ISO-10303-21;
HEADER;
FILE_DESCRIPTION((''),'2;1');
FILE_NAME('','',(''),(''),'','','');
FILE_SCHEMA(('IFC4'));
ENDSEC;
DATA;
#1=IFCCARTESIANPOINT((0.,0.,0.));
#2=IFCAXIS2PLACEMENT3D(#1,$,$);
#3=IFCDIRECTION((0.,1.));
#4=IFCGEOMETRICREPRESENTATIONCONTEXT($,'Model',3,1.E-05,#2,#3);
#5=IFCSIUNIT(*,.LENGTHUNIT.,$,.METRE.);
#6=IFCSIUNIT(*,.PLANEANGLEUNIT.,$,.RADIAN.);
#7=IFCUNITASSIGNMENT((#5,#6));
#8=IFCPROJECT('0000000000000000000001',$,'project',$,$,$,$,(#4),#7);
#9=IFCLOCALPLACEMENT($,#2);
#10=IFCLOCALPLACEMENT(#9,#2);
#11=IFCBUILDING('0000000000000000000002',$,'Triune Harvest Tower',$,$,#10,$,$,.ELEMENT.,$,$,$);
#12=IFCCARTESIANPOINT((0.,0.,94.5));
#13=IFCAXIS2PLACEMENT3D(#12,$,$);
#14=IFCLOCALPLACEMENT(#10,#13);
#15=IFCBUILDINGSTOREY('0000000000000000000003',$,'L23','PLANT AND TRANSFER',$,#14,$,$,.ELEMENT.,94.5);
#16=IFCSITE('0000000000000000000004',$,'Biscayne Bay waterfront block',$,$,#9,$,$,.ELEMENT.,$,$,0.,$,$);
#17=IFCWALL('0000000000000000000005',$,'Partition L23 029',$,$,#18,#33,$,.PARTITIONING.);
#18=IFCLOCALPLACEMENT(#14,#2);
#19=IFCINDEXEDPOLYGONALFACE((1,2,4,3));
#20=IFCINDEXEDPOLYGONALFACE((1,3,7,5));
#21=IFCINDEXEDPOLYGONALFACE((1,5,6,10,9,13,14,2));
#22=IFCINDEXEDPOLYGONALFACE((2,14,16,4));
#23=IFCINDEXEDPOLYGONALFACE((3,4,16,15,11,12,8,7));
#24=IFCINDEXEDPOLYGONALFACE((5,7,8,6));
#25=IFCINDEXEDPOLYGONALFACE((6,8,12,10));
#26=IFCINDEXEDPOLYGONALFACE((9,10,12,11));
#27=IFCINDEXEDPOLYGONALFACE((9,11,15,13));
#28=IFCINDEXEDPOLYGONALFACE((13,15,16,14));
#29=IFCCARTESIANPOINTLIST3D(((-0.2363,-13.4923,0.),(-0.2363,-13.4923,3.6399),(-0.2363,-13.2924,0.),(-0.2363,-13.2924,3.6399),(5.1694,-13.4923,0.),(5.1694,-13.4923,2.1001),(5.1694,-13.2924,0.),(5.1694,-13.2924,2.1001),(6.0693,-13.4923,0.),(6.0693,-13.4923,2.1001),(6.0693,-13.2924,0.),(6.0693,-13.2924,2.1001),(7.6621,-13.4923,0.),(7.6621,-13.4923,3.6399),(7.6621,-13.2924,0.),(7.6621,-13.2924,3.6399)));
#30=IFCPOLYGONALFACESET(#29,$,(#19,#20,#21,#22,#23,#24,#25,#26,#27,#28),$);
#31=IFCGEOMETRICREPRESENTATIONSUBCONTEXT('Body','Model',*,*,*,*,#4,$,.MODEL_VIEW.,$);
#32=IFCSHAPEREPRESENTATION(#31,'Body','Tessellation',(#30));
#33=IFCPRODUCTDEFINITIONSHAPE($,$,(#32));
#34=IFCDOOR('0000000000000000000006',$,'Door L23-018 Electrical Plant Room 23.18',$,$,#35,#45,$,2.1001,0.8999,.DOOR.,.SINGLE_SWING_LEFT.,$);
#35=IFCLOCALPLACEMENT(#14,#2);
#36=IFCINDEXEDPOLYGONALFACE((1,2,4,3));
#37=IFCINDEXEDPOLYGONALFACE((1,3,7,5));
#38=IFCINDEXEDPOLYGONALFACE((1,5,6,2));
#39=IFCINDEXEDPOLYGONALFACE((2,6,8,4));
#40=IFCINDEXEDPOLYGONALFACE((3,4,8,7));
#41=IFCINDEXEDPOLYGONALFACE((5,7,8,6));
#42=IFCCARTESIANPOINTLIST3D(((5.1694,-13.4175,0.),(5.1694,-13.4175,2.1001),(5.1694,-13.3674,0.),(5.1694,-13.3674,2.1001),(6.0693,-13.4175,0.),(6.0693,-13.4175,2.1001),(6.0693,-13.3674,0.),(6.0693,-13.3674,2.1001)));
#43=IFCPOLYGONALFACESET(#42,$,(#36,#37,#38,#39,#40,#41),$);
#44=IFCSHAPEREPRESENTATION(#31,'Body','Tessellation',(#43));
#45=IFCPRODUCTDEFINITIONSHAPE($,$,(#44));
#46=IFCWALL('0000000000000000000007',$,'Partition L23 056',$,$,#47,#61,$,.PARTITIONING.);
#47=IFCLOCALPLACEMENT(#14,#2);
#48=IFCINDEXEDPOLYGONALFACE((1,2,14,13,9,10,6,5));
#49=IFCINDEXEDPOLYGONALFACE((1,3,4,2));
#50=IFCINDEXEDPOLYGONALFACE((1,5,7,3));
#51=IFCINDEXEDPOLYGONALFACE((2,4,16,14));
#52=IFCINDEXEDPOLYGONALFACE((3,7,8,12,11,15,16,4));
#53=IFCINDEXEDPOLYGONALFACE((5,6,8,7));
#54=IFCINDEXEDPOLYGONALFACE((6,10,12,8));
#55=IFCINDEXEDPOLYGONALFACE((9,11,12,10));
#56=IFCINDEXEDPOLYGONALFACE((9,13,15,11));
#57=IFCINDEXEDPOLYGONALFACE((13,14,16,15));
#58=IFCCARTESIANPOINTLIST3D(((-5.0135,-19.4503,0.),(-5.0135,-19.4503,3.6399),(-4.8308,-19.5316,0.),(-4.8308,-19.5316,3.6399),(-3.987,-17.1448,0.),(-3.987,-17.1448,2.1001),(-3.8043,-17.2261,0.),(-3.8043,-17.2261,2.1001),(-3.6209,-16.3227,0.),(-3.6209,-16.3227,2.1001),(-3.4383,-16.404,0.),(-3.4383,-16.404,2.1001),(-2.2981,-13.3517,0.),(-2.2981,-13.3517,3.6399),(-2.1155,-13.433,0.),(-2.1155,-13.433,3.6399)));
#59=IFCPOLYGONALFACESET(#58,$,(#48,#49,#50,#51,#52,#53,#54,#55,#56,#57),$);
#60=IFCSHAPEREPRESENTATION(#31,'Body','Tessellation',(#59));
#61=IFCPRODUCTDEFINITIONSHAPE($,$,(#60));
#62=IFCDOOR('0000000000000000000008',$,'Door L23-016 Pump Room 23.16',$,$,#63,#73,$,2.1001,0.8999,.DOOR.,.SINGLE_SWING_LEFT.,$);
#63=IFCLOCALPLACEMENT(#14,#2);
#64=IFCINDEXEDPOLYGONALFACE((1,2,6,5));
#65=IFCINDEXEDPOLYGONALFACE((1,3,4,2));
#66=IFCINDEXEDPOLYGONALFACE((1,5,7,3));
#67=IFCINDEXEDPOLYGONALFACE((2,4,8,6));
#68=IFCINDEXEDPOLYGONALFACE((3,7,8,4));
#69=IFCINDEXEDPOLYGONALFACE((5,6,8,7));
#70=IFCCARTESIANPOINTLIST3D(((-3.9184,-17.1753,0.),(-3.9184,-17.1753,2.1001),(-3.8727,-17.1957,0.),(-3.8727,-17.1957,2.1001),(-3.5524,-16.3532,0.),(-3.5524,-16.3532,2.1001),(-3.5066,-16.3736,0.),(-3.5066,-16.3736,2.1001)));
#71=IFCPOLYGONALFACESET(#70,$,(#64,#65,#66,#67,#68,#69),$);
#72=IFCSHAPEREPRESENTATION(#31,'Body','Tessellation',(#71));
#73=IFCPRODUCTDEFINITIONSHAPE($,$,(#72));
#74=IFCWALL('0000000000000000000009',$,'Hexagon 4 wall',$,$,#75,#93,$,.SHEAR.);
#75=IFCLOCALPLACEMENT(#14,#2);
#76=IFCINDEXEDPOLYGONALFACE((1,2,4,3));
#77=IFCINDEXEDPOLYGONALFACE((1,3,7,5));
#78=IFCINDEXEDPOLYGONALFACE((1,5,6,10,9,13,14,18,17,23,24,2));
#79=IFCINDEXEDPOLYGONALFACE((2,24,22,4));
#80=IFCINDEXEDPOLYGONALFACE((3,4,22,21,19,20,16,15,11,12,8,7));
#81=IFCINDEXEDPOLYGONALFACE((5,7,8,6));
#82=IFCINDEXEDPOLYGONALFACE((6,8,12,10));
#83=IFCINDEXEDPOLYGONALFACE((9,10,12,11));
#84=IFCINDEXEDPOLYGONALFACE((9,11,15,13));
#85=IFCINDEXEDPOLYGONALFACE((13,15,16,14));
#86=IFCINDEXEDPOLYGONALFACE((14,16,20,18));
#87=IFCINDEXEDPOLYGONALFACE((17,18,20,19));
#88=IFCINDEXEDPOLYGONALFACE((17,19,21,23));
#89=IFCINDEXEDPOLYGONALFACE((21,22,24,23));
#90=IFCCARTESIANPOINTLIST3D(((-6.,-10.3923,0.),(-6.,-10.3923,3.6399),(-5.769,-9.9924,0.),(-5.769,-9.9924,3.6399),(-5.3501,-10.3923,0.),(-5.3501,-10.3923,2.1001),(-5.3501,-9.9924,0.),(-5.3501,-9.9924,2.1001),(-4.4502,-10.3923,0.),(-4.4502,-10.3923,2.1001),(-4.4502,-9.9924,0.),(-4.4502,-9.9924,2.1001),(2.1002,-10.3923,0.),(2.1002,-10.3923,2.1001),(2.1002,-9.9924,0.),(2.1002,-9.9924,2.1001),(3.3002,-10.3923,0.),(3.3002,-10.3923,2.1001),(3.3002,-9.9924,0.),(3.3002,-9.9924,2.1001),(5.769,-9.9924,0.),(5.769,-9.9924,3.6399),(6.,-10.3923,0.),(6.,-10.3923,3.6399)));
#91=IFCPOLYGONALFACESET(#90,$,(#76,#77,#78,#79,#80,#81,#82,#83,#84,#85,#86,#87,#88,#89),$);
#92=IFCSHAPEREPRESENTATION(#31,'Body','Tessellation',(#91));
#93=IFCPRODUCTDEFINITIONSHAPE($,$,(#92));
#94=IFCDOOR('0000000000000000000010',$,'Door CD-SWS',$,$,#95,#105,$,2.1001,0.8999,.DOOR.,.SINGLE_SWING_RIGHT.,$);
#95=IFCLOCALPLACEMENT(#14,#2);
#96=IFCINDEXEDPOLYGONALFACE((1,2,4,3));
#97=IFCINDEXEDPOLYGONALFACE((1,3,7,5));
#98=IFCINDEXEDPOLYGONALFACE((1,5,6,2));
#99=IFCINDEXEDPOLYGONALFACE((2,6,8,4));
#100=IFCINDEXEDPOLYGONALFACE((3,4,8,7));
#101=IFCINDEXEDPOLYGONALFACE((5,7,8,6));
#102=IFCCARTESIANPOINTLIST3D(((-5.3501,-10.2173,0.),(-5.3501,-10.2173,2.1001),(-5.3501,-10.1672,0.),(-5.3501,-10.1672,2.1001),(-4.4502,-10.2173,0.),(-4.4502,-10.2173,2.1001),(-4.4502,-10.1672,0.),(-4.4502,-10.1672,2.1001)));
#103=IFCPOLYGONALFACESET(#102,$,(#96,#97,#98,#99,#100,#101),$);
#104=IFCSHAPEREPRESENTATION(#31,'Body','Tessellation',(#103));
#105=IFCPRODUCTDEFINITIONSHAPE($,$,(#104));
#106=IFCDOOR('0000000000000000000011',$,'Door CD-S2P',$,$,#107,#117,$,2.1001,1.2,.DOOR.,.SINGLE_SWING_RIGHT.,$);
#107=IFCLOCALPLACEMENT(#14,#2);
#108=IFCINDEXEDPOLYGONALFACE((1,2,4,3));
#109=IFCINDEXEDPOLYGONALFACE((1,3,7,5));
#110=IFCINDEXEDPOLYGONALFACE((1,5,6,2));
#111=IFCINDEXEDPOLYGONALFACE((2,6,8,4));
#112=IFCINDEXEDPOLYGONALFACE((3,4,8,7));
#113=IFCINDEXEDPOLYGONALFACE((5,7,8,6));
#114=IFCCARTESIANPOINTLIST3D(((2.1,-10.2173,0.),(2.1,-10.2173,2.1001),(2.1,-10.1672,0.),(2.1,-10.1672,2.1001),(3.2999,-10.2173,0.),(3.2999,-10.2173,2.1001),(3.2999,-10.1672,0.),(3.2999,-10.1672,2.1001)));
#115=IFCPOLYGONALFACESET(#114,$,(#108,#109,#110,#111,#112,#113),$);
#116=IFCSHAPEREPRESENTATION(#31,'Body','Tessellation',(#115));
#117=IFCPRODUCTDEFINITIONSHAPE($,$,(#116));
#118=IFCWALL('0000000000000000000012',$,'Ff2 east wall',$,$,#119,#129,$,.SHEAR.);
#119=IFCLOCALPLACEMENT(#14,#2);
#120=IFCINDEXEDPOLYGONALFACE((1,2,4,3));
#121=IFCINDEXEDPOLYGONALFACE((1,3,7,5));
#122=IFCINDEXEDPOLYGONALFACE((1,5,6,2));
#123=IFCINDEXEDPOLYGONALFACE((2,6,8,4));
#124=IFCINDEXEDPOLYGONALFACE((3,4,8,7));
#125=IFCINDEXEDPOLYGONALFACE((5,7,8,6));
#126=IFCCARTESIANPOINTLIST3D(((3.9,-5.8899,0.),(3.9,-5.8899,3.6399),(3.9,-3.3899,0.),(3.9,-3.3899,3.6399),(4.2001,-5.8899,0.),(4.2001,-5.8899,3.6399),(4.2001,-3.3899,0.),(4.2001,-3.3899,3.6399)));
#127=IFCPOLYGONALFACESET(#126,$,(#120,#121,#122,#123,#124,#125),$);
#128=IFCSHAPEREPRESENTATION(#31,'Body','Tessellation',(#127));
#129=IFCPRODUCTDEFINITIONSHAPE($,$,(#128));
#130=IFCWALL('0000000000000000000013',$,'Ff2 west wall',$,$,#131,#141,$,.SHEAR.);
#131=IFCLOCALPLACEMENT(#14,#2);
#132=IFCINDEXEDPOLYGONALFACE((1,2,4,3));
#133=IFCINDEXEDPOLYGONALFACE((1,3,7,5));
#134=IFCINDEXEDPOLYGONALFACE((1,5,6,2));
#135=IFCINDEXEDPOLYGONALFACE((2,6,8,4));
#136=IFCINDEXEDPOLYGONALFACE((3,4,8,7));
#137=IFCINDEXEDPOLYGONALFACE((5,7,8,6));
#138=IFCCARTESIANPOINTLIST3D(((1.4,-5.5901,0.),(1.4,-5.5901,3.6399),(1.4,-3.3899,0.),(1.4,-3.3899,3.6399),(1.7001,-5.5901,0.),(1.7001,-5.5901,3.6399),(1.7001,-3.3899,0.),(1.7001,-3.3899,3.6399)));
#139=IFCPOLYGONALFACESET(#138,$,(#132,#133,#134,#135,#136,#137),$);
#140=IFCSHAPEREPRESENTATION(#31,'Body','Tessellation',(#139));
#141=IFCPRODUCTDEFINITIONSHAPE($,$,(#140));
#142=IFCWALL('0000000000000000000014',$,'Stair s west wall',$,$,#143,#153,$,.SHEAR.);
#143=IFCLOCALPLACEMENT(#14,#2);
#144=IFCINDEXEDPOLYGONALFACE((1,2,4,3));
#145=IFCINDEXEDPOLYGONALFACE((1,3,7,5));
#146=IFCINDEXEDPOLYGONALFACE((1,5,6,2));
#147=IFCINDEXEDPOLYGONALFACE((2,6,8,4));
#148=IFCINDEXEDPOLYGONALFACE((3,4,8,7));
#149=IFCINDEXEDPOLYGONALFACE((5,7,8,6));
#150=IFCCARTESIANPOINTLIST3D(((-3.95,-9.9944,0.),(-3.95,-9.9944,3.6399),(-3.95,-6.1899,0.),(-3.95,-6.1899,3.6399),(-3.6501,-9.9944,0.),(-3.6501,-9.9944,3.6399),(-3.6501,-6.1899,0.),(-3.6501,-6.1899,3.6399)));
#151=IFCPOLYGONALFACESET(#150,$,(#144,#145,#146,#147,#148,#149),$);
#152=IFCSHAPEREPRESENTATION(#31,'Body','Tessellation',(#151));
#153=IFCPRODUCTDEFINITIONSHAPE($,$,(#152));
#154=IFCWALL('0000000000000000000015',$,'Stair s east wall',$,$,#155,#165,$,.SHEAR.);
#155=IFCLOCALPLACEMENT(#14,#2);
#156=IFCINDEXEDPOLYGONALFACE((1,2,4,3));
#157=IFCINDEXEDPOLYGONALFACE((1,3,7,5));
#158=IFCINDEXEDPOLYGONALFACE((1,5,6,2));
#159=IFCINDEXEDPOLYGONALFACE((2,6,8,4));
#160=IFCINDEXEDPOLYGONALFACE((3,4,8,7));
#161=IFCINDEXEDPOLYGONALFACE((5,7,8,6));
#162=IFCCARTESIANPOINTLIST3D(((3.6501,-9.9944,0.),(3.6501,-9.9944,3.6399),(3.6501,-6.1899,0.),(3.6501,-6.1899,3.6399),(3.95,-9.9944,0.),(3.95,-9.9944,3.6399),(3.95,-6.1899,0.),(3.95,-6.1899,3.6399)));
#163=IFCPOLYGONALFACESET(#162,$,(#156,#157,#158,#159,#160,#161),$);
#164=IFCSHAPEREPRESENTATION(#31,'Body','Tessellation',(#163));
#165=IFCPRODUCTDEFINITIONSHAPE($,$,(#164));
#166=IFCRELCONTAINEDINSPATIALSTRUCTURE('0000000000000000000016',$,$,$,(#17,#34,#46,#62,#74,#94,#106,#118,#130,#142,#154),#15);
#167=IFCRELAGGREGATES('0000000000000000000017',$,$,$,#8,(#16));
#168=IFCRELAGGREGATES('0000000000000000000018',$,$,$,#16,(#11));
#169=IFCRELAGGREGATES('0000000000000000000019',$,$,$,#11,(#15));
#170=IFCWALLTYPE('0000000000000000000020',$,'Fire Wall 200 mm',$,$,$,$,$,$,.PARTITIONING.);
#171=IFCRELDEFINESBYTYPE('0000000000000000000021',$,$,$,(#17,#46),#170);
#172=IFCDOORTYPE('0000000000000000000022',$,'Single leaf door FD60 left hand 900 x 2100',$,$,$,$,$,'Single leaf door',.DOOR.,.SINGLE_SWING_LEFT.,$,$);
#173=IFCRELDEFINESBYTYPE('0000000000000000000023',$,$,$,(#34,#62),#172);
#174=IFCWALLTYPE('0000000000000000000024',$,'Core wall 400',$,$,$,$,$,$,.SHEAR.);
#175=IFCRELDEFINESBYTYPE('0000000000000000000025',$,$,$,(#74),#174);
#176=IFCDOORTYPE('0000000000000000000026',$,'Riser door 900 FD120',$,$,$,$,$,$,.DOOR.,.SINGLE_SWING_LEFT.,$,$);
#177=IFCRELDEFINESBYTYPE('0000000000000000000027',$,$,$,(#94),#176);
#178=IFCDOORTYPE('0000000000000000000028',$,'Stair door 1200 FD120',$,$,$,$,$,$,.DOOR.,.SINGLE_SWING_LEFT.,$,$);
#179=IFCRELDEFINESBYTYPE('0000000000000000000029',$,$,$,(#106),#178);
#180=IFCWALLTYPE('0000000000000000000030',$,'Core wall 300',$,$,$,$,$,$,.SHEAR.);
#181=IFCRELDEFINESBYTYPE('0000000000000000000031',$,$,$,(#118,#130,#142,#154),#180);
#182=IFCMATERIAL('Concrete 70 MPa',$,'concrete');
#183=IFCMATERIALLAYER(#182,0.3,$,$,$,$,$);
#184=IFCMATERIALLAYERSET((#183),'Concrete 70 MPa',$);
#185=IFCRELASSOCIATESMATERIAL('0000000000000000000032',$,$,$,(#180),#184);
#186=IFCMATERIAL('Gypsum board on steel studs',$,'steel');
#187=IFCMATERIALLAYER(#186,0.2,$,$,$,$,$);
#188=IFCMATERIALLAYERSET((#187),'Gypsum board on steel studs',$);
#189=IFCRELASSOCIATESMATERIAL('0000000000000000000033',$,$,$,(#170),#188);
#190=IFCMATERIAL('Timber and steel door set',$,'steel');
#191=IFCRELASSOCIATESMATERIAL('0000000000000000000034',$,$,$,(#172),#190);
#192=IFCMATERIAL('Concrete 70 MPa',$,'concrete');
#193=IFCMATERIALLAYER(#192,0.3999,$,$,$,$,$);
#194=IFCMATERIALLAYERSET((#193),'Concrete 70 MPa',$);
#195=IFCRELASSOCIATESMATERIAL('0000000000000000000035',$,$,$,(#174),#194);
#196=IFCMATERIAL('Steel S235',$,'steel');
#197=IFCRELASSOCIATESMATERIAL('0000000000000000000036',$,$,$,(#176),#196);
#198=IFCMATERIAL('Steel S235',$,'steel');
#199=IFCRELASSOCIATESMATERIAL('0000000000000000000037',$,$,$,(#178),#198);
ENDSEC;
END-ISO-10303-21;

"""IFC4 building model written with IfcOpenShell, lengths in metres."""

from ifc_helpers import new_model, si_unit, direction, frame, frame_2d, origin, place, context, subcontext, project, spatial, polyline, rectangle, outline, extrude, source, transform, mapped, material, layer, layer_set, type_object, element, fill, save


model = new_model("IFC4")

# Units and contexts
model_context = context("Model", 3, precision=1e-05, world=origin(), true_north=direction((0.0, 1.0)))
body_context = subcontext(model_context, "Body", "Model", "MODEL_VIEW")
ifc_project = project(units=[si_unit("LENGTHUNIT", "METRE"), si_unit("PLANEANGLEUNIT", "RADIAN")], contexts=[model_context])

# Site, building, storey
site_placement = place(None, origin())
site = spatial("IfcSite", under=ifc_project, at=site_placement, Name="Biscayne Bay waterfront block", CompositionType="ELEMENT", RefElevation=0.0)
building_placement = place(site_placement, origin())
building = spatial("IfcBuilding", under=site, at=building_placement, Name="Triune Harvest Tower", CompositionType="ELEMENT")
storey_placement = place(building_placement, frame((0.0, 0.0, 94.5)))
storey = spatial("IfcBuildingStorey", under=building, at=storey_placement, Name="L23", Description="PLANT AND TRANSFER", CompositionType="ELEMENT", Elevation=94.5)

# Shared definitions
ifc_material_1 = material(Name="Concrete 70 MPa", Category="concrete")
ifc_layer_1 = layer(ifc_material_1, 0.3)
ifc_layer_set_1 = layer_set([ifc_layer_1], Name="Concrete 70 MPa")
wall_type_1 = type_object("IfcWallType", Name="Core wall 300", PredefinedType="SHEAR", material=ifc_layer_set_1)

# Walls, openings, doors
ifc_material_2 = material(Name="Gypsum board on steel studs", Category="steel")
ifc_layer_2 = layer(ifc_material_2, 0.2)
ifc_layer_set_2 = layer_set([ifc_layer_2], Name="Gypsum board on steel studs")
wall_type_2 = type_object("IfcWallType", Name="Fire Wall 200 mm", PredefinedType="PARTITIONING", material=ifc_layer_set_2)
wall_1_placement = place(storey_placement, frame((-0.2363, -13.3923, 0.0), z_axis=(0.0, 0.0, 1.0), x_axis=(1.0, 0.0, 0.0)))
wall_1 = element("IfcWall", 1, at=wall_1_placement, inside=storey, type_object=wall_type_2, Name="Partition L23 029", PredefinedType="PARTITIONING", context=body_context, shape_type="SweptSolid", body=[
    extrude(rectangle(XDim=7.8984, YDim=0.2, at=frame_2d((3.9492, 0.0))), origin(), (0.0, 0.0, 1.0), 3.6399),
])
opening_1_placement = place(wall_1_placement, frame((5.4058, 0.0, 0.0)))
opening_1 = element("IfcOpeningElement", 2, at=opening_1_placement, cuts=wall_1, PredefinedType="OPENING", context=body_context, shape_type="SweptSolid", body=[
    extrude(rectangle(XDim=0.8999, YDim=2.1001, at=frame_2d((0.45, 1.05))), frame((0.0, 0.1099, 0.0), z_axis=(0.0, -1.0, 0.0), x_axis=(1.0, 0.0, 0.0)), (0.0, 0.0, 1.0), 0.22),
])
ifc_material_3 = material(Name="Timber and steel door set", Category="steel")
door_type_1 = type_object("IfcDoorType", Name="Single leaf door FD60 left hand 900 x 2100", ElementType="Single leaf door", OperationType="SINGLE_SWING_LEFT", PredefinedType="DOOR", material=ifc_material_3)
door_1_placement = place(opening_1_placement, origin())
door_1 = element("IfcDoor", 3, at=door_1_placement, inside=storey, type_object=door_type_1, Name="Door L23-018 Electrical Plant Room 23.18", OperationType="SINGLE_SWING_LEFT", OverallHeight=2.1001, OverallWidth=0.8999, PredefinedType="DOOR", context=body_context, shape_type="SweptSolid", body=[
    extrude(rectangle(XDim=0.8999, YDim=2.1001, at=frame_2d((0.45, 1.05))), frame((0.0, 0.0249, 0.0), z_axis=(0.0, -1.0, 0.0), x_axis=(1.0, 0.0, 0.0)), (0.0, 0.0, 1.0), 0.05),
])
fill(opening_1, door_1)
wall_2_placement = place(storey_placement, frame((-4.9221, -19.491, 0.0), z_axis=(0.0, 0.0, 1.0), x_axis=(0.406742, 0.913543, 0.0)))
wall_2 = element("IfcWall", 4, at=wall_2_placement, inside=storey, type_object=wall_type_2, Name="Partition L23 056", PredefinedType="PARTITIONING", context=body_context, shape_type="SweptSolid", body=[
    extrude(rectangle(XDim=6.6758, YDim=0.2, at=frame_2d((3.3379, 0.0))), origin(), (0.0, 0.0, 1.0), 3.6399),
])
opening_2_placement = place(wall_2_placement, frame((2.5237, 0.0, 0.0)))
opening_2 = element("IfcOpeningElement", 5, at=opening_2_placement, cuts=wall_2, PredefinedType="OPENING", context=body_context, shape_type="SweptSolid", body=[
    extrude(rectangle(XDim=0.8999, YDim=2.1001, at=frame_2d((0.45, 1.05))), frame((0.0, 0.1099, 0.0), z_axis=(0.0, -1.0, 0.0), x_axis=(1.0, 0.0, 0.0)), (0.0, 0.0, 1.0), 0.22),
])
door_2_placement = place(opening_2_placement, origin())
door_2 = element("IfcDoor", 6, at=door_2_placement, inside=storey, type_object=door_type_1, Name="Door L23-016 Pump Room 23.16", OperationType="SINGLE_SWING_LEFT", OverallHeight=2.1001, OverallWidth=0.8999, PredefinedType="DOOR", context=body_context, shape_type="SweptSolid", body=[
    extrude(rectangle(XDim=0.8999, YDim=2.1001, at=frame_2d((0.45, 1.05))), frame((0.0, 0.0249, 0.0), z_axis=(0.0, -1.0, 0.0), x_axis=(1.0, 0.0, 0.0)), (0.0, 0.0, 1.0), 0.05),
])
fill(opening_2, door_2)

# Wall, openings, doors
ifc_material_4 = material(Name="Concrete 70 MPa", Category="concrete")
ifc_layer_3 = layer(ifc_material_4, 0.3999)
ifc_layer_set_3 = layer_set([ifc_layer_3], Name="Concrete 70 MPa")
wall_type_3 = type_object("IfcWallType", Name="Core wall 400", PredefinedType="SHEAR", material=ifc_layer_set_3)
shared_shape_1 = source(origin(), body_context, "Body", "SweptSolid", [
    extrude(outline(polyline([(-0.1155, -0.2), (11.8845, -0.2), (11.6536, 0.2), (0.1155, 0.2), (-0.1155, -0.2)])), origin(), (0.0, 0.0, 1.0), 3.6399),
])
wall_3_placement = place(storey_placement, frame((-5.8845, -10.1924, 0.0), z_axis=(0.0, 0.0, 1.0), x_axis=(1.0, 0.0, 0.0)))
wall_3 = element("IfcWall", 7, at=wall_3_placement, inside=storey, type_object=wall_type_3, Name="Hexagon 4 wall", PredefinedType="SHEAR", context=body_context, shape_type="MappedRepresentation", body=[
    mapped(shared_shape_1, transform((0.0, 0.0, 0.0), scale=1.0)),
])
opening_3_placement = place(wall_3_placement, frame((7.9846, 0.0, 0.0)))
opening_3 = element("IfcOpeningElement", 8, at=opening_3_placement, cuts=wall_3, PredefinedType="OPENING", context=body_context, shape_type="SweptSolid", body=[
    extrude(rectangle(XDim=1.2, YDim=2.1001, at=frame_2d((0.6001, 1.05))), frame((0.0, 0.21, 0.0), z_axis=(0.0, -1.0, 0.0), x_axis=(1.0, 0.0, 0.0)), (0.0, 0.0, 1.0), 0.4199),
])
opening_4_placement = place(wall_3_placement, frame((0.5344, 0.0, 0.0)))
opening_4 = element("IfcOpeningElement", 9, at=opening_4_placement, cuts=wall_3, PredefinedType="OPENING", context=body_context, shape_type="SweptSolid", body=[
    extrude(rectangle(XDim=0.8999, YDim=2.1001, at=frame_2d((0.45, 1.05))), frame((0.0, 0.21, 0.0), z_axis=(0.0, -1.0, 0.0), x_axis=(1.0, 0.0, 0.0)), (0.0, 0.0, 1.0), 0.4199),
])
ifc_material_5 = material(Name="Steel S235", Category="steel")
door_type_2 = type_object("IfcDoorType", Name="Riser door 900 FD120", OperationType="SINGLE_SWING_LEFT", PredefinedType="DOOR", material=ifc_material_5)
door_3_placement = place(opening_4_placement, frame((0.8999, 0.0, 0.0), z_axis=(0.0, 0.0, 1.0), x_axis=(-1.0, 0.0, 0.0)))
door_3 = element("IfcDoor", 10, at=door_3_placement, inside=storey, type_object=door_type_2, Name="Door CD-SWS", OperationType="SINGLE_SWING_RIGHT", OverallHeight=2.1001, OverallWidth=0.8999, PredefinedType="DOOR", context=body_context, shape_type="SweptSolid", body=[
    extrude(rectangle(XDim=0.8999, YDim=2.1001, at=frame_2d((0.45, 1.05))), frame((0.0, 0.0249, 0.0), z_axis=(0.0, -1.0, 0.0), x_axis=(1.0, 0.0, 0.0)), (0.0, 0.0, 1.0), 0.05),
])
fill(opening_4, door_3)
ifc_material_6 = material(Name="Steel S235", Category="steel")
door_type_3 = type_object("IfcDoorType", Name="Stair door 1200 FD120", OperationType="SINGLE_SWING_LEFT", PredefinedType="DOOR", material=ifc_material_6)
door_4_placement = place(opening_3_placement, frame((1.2, 0.0, 0.0), z_axis=(0.0, 0.0, 1.0), x_axis=(-1.0, 0.0, 0.0)))
door_4 = element("IfcDoor", 11, at=door_4_placement, inside=storey, type_object=door_type_3, Name="Door CD-S2P", OperationType="SINGLE_SWING_RIGHT", OverallHeight=2.1001, OverallWidth=1.2, PredefinedType="DOOR", context=body_context, shape_type="SweptSolid", body=[
    extrude(rectangle(XDim=1.2, YDim=2.1001, at=frame_2d((0.6001, 1.05))), frame((0.0, 0.0249, 0.0), z_axis=(0.0, -1.0, 0.0), x_axis=(1.0, 0.0, 0.0)), (0.0, 0.0, 1.0), 0.05),
])
fill(opening_3, door_4)

# Walls
shared_shape_2 = source(origin(), body_context, "Body", "SweptSolid", [
    extrude(rectangle(XDim=2.5, YDim=0.3, at=frame_2d((1.25, 0.0))), origin(), (0.0, 0.0, 1.0), 3.6399),
])
wall_4_placement = place(storey_placement, frame((4.05, -5.8899, 0.0), z_axis=(0.0, 0.0, 1.0), x_axis=(0.0, 1.0, 0.0)))
element("IfcWall", 12, at=wall_4_placement, inside=storey, type_object=wall_type_1, Name="Ff2 east wall", PredefinedType="SHEAR", context=body_context, shape_type="MappedRepresentation", body=[
    mapped(shared_shape_2, transform((0.0, 0.0, 0.0), scale=1.0)),
])
shared_shape_3 = source(origin(), body_context, "Body", "SweptSolid", [
    extrude(rectangle(XDim=2.2002, YDim=0.3, at=frame_2d((1.1001, 0.0))), origin(), (0.0, 0.0, 1.0), 3.6399),
])
wall_5_placement = place(storey_placement, frame((1.55, -5.5901, 0.0), z_axis=(0.0, 0.0, 1.0), x_axis=(0.0, 1.0, 0.0)))
element("IfcWall", 13, at=wall_5_placement, inside=storey, type_object=wall_type_1, Name="Ff2 west wall", PredefinedType="SHEAR", context=body_context, shape_type="MappedRepresentation", body=[
    mapped(shared_shape_3, transform((0.0, 0.0, 0.0), scale=1.0)),
])
shared_shape_4 = source(origin(), body_context, "Body", "SweptSolid", [
    extrude(outline(polyline([(3.8, -0.1499), (-0.0044, -0.1499), (-0.0044, 0.1499), (3.8, 0.1499), (3.8, -0.1499)])), origin(), (0.0, 0.0, 1.0), 3.6399),
])
for number, where, z_axis, x_axis, name in (
    (14, (-3.8, -9.99, 0.0), (0.0, 0.0, 1.0), (0.0, 1.0, 0.0), "Stair s west wall"),
    (15, (3.8, -9.99, 0.0), (0.0, 0.0, 1.0), (0.0, 1.0, 0.0), "Stair s east wall"),
):
    element("IfcWall", number, at=place(storey_placement, frame(where, z_axis=z_axis, x_axis=x_axis)), inside=storey, type_object=wall_type_1, Name=name, PredefinedType="SHEAR", context=body_context, shape_type="MappedRepresentation", body=[
        mapped(shared_shape_4, transform((0.0, 0.0, 0.0), scale=1.0)),
    ])

save(model, "model.ifc")
